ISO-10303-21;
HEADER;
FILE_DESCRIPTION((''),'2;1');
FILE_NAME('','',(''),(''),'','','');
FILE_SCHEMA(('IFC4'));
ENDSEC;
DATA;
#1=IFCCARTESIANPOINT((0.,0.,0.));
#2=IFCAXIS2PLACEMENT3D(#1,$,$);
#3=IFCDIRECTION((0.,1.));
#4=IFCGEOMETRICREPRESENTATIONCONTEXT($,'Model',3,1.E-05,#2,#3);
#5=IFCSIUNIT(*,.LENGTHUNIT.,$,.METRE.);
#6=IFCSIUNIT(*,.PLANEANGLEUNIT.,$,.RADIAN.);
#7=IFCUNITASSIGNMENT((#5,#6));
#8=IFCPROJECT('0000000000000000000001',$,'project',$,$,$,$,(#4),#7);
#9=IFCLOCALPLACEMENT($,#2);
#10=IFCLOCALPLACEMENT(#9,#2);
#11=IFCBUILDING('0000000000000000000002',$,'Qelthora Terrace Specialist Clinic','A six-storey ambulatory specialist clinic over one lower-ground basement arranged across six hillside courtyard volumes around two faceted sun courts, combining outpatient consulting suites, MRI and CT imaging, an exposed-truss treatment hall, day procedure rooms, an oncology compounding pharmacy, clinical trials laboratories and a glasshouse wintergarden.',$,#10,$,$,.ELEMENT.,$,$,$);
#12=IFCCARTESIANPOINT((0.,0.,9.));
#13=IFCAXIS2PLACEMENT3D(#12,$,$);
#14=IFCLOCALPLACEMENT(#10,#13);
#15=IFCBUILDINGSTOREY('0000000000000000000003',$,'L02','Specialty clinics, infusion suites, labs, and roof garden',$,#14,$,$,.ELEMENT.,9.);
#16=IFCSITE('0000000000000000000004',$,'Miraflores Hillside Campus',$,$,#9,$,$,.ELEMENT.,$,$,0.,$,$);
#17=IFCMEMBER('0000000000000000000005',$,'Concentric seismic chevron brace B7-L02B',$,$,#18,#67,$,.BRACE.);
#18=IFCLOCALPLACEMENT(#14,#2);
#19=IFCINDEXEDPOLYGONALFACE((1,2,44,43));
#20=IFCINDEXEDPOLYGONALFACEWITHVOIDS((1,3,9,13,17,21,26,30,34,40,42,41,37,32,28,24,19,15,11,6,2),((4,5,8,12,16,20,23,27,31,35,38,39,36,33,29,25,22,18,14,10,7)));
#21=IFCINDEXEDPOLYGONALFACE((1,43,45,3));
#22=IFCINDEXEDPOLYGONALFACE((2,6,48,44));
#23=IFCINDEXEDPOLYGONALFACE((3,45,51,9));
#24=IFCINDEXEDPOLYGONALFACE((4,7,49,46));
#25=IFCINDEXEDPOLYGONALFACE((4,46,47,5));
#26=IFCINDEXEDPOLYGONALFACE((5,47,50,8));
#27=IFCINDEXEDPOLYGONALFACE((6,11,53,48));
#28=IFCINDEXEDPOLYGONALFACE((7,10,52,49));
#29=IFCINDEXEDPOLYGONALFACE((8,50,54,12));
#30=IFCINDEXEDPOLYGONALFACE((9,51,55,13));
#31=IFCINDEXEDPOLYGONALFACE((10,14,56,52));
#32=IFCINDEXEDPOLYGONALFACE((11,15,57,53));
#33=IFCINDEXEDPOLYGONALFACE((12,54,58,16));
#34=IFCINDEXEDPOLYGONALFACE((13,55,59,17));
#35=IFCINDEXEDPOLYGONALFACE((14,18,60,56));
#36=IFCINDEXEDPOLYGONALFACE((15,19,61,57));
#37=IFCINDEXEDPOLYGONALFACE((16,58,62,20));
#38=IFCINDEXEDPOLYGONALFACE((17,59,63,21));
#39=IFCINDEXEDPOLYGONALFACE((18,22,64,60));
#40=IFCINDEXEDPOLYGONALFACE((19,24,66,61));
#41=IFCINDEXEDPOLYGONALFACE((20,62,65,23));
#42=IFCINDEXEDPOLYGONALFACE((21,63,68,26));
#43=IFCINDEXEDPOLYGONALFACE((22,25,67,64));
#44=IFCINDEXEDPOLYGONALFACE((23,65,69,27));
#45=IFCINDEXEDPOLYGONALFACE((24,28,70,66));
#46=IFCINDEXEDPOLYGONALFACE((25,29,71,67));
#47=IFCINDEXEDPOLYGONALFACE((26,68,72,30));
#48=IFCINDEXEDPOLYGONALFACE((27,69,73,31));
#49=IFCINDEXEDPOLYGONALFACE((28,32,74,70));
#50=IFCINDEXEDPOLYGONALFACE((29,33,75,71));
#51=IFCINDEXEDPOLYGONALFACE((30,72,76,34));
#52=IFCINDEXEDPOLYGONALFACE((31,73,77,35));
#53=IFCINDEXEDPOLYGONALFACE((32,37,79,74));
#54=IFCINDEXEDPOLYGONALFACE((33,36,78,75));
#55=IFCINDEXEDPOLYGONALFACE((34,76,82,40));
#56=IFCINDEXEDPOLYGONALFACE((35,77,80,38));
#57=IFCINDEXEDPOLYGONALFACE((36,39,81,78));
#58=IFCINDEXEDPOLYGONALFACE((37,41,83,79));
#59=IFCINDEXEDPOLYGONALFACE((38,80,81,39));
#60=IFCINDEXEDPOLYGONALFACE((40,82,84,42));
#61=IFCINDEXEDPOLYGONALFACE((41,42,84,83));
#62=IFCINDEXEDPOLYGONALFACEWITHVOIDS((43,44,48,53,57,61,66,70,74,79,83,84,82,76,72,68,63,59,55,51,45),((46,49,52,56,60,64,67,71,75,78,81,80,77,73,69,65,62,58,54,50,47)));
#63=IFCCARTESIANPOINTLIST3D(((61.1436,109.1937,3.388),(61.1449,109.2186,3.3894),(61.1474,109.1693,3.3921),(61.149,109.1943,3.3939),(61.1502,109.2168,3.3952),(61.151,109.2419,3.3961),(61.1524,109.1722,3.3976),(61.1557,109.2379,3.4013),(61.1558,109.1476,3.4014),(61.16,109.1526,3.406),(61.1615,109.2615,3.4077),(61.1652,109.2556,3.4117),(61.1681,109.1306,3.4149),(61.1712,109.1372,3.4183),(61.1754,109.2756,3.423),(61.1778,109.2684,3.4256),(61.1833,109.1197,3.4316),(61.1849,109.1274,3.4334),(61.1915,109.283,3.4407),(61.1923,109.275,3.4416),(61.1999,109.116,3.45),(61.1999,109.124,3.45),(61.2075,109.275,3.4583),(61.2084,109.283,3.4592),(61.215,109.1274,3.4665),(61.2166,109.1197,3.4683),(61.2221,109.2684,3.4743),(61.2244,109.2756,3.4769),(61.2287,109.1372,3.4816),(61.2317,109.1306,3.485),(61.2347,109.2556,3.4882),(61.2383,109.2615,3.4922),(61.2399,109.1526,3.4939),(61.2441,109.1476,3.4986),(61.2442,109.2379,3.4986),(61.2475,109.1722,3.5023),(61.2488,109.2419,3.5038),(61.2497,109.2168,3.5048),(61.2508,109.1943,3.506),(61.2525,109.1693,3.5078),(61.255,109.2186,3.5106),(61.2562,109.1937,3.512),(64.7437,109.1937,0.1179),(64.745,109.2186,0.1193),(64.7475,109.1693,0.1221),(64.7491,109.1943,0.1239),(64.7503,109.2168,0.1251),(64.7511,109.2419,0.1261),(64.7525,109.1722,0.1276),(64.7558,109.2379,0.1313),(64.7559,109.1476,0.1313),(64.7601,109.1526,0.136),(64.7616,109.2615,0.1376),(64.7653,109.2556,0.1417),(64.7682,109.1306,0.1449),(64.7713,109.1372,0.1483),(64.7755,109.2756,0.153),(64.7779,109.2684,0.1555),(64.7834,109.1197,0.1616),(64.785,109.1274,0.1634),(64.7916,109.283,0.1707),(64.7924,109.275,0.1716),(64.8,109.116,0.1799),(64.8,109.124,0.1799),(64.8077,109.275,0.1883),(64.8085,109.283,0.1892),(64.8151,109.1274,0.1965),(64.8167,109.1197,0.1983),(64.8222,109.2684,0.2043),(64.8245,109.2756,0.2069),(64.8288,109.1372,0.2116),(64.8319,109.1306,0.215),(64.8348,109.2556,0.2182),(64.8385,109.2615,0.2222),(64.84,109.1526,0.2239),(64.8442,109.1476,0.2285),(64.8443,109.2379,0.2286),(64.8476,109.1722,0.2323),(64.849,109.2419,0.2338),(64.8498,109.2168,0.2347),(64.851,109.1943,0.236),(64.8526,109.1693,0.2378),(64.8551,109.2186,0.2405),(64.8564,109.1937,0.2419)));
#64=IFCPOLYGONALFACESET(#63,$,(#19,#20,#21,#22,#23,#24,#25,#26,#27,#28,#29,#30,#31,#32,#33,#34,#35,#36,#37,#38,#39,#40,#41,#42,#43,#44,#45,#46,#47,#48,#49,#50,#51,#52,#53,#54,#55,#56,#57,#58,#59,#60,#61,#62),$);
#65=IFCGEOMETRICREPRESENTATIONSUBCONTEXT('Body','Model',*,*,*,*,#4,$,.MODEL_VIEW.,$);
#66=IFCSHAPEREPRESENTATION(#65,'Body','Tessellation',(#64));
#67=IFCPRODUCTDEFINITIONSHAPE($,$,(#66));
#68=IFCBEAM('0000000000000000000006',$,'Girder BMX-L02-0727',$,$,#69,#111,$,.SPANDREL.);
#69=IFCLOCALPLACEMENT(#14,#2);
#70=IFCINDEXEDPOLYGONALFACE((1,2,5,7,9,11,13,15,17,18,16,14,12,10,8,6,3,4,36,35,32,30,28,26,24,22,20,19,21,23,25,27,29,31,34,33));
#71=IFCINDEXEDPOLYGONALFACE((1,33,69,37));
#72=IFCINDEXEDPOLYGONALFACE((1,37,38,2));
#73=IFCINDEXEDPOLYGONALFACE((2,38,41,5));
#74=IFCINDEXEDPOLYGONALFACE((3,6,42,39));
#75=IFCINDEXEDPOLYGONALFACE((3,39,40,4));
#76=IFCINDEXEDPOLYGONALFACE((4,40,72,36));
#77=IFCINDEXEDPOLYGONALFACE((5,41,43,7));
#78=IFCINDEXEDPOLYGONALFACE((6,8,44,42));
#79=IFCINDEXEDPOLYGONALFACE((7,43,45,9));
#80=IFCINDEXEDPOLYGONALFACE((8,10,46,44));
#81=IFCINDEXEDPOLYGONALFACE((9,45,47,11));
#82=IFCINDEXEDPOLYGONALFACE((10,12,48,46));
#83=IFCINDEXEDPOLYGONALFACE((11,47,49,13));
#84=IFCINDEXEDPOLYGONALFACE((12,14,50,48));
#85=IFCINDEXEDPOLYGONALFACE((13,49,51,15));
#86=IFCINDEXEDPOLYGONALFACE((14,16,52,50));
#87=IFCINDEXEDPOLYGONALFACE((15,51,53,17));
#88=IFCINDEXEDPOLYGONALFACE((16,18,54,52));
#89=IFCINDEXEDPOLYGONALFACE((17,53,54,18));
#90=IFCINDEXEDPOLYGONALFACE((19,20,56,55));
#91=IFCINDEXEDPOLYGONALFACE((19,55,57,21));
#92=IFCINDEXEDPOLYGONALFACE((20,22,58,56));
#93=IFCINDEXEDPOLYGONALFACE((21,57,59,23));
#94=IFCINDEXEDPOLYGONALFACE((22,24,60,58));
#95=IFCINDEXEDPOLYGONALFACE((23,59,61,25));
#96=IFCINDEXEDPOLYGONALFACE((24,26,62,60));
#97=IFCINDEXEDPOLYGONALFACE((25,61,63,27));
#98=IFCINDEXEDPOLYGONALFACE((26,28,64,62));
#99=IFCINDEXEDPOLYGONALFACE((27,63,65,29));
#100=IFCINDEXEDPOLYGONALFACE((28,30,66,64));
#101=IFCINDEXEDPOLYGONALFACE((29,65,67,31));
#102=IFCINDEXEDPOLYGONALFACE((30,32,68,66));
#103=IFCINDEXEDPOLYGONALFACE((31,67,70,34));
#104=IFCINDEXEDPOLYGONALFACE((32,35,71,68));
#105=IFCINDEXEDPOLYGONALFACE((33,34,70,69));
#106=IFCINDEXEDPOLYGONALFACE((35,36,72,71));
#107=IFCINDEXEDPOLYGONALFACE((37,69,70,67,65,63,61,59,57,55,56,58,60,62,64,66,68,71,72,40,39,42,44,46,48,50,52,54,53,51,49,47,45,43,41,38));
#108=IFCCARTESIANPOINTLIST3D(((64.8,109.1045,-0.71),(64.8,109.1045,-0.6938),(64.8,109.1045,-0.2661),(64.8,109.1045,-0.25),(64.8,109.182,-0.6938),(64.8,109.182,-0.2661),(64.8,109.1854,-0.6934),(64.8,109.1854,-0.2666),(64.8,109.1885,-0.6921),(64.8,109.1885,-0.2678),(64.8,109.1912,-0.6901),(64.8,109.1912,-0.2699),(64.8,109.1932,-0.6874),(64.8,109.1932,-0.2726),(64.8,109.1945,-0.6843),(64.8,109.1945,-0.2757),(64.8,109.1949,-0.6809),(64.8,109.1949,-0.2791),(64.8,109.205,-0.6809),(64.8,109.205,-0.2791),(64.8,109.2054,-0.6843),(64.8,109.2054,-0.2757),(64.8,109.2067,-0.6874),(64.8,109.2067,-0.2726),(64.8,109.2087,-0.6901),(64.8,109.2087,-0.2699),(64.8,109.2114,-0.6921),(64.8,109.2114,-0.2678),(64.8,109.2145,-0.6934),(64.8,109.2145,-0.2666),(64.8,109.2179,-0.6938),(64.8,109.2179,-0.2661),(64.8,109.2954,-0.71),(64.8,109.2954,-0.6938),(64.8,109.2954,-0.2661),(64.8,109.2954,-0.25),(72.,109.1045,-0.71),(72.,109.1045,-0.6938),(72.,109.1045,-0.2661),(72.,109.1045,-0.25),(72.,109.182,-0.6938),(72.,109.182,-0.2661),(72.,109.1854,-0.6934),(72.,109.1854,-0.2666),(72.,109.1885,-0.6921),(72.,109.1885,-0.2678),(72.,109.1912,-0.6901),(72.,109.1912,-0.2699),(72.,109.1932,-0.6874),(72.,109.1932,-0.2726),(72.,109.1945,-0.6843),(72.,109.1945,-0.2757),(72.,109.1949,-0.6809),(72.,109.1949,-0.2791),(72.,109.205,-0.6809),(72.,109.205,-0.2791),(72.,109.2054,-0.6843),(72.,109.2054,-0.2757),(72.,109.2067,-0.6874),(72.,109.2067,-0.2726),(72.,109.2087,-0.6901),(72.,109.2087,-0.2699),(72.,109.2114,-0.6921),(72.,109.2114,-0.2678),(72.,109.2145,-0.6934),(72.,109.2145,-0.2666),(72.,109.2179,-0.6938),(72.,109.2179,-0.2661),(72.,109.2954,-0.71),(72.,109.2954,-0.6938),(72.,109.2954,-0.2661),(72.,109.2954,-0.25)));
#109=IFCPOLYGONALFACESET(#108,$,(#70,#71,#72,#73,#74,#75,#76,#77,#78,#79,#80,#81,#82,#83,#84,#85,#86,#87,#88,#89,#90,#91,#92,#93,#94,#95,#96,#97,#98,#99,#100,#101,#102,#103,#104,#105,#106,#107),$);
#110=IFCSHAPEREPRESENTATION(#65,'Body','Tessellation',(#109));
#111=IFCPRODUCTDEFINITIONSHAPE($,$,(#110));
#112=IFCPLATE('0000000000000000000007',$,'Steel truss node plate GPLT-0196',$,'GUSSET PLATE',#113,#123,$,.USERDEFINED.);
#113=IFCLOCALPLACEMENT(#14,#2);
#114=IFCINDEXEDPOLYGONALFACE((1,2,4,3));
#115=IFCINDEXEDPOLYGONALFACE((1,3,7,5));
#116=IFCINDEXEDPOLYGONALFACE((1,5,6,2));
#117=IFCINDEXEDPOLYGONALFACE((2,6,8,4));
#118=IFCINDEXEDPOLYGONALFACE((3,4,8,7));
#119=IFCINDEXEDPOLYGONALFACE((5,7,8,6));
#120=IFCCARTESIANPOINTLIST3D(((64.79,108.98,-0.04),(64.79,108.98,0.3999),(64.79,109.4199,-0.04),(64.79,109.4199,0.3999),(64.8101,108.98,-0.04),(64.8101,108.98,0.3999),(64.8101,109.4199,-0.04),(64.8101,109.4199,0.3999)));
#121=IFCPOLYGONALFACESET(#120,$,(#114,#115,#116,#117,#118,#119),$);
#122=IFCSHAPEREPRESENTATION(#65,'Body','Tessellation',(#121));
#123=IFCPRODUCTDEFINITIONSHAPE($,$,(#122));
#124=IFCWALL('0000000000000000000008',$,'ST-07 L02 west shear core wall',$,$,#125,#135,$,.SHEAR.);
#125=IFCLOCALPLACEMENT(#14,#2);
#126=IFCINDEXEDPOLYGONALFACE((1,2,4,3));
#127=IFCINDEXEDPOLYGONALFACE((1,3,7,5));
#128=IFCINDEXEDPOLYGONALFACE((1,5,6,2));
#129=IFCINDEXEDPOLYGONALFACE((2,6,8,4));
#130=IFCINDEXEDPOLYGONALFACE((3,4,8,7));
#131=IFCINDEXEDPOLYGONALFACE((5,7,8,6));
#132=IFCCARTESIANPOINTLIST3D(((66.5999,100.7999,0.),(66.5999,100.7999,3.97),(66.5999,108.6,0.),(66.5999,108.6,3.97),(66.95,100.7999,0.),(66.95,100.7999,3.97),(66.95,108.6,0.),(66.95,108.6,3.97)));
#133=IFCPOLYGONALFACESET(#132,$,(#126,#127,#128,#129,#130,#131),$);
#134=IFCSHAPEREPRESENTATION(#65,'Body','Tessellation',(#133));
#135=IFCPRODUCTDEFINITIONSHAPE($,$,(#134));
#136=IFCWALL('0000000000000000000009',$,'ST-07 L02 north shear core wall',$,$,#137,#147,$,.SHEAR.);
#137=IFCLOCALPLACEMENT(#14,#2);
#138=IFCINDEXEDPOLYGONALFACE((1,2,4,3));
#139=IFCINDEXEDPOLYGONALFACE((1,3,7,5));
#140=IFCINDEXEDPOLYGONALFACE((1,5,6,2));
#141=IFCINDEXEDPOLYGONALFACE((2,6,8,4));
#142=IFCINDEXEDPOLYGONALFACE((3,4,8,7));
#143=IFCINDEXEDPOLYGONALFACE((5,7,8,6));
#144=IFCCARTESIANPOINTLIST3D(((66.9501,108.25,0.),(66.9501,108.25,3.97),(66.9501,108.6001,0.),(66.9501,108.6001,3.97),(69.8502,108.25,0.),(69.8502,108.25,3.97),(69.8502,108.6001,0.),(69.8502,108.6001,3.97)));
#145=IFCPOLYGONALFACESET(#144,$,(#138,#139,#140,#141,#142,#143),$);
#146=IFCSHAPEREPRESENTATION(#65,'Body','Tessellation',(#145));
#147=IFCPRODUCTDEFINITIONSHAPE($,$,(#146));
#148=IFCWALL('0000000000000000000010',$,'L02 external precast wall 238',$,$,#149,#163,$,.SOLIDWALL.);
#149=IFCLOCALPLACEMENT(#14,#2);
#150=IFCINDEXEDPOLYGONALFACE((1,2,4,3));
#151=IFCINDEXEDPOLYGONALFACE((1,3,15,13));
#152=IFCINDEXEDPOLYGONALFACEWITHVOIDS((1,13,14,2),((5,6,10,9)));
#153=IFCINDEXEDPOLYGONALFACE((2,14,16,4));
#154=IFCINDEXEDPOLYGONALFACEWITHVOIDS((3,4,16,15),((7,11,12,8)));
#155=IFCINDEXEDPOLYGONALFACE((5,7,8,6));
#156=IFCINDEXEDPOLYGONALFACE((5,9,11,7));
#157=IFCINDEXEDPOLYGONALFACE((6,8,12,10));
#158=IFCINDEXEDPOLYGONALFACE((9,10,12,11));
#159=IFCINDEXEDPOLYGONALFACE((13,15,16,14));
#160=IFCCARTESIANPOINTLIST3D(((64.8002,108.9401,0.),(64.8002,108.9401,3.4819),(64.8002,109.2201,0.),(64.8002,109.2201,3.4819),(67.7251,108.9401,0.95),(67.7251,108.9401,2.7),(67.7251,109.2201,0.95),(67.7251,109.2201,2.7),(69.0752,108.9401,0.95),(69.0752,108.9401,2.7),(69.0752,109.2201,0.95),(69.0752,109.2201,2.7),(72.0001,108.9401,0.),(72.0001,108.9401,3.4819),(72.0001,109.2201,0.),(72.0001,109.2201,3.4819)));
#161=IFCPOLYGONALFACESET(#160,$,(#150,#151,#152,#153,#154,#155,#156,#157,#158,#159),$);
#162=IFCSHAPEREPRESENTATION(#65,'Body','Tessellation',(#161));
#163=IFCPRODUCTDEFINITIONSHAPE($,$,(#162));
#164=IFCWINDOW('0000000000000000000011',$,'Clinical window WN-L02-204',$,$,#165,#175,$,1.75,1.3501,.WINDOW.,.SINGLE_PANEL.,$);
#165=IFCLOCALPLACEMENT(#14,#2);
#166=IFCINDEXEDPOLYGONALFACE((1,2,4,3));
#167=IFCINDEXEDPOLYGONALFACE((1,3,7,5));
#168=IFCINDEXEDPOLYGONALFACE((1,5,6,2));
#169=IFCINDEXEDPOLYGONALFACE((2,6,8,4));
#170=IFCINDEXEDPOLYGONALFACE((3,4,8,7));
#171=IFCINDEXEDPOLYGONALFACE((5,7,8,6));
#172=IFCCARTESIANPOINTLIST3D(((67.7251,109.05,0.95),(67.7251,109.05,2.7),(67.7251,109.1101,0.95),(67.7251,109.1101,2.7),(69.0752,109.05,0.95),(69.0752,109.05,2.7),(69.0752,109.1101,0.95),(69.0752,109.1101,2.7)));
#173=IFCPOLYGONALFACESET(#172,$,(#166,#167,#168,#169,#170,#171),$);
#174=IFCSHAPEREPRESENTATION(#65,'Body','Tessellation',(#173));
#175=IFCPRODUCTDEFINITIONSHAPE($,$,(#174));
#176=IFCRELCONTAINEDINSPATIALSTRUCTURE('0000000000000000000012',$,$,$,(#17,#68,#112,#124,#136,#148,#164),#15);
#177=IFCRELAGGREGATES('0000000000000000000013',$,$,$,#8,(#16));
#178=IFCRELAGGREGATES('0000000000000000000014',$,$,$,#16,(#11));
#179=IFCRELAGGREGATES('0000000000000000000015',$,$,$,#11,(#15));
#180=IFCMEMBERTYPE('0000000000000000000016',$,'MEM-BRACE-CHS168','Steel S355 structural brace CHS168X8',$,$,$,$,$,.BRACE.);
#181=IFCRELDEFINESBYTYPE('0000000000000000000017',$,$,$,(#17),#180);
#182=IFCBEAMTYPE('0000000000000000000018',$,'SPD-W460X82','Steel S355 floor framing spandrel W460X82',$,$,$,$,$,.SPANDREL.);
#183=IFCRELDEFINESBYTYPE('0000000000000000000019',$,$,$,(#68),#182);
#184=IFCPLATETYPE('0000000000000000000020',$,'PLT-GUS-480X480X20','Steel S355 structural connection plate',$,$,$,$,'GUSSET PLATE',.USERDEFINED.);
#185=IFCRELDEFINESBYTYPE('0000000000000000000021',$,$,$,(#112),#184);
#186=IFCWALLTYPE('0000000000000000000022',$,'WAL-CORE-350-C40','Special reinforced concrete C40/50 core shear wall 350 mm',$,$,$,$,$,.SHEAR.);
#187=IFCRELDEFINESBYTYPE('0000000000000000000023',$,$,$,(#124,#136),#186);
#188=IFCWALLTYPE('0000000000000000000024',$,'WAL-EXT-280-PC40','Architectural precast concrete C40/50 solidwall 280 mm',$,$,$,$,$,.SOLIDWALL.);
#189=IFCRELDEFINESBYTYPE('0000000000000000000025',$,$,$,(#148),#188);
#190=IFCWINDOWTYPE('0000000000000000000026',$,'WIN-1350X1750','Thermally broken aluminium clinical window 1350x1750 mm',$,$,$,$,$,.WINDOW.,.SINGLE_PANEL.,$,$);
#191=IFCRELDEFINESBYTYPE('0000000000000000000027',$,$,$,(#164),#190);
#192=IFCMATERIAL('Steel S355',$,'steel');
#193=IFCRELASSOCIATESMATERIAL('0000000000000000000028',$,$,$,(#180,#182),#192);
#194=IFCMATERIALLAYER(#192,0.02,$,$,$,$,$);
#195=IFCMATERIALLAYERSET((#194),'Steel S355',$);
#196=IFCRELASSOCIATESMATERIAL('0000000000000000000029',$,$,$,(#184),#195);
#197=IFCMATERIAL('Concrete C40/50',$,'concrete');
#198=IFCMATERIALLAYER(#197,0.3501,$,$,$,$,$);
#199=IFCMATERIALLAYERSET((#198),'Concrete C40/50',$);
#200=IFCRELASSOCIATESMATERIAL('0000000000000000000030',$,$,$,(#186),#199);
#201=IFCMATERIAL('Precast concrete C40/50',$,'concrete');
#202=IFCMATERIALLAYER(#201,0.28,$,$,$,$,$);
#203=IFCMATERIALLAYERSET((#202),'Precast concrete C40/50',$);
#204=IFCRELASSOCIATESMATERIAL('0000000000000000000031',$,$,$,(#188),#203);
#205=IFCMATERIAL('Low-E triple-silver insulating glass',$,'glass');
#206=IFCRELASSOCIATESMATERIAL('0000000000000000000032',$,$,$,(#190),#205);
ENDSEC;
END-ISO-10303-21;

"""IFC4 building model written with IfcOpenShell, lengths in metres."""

from ifc_helpers import new_model, si_unit, direction, frame, frame_2d, origin, origin_2d, place, context, subcontext, project, spatial, rectangle, hollow_circle, i_section, extrude, material, layer, layer_set, material_profile, profile_set, type_object, element, fill, save


model = new_model("IFC4")

# Units and contexts
model_context = context("Model", 3, precision=1e-05, world=origin(), true_north=direction((0.0, 1.0)))
body_context = subcontext(model_context, "Body", "Model", "MODEL_VIEW")
ifc_project = project(units=[si_unit("LENGTHUNIT", "METRE"), si_unit("PLANEANGLEUNIT", "RADIAN")], contexts=[model_context])

# Site, building, storey
site_placement = place(None, origin())
site = spatial("IfcSite", under=ifc_project, at=site_placement, Name="Miraflores Hillside Campus", CompositionType="ELEMENT", RefElevation=0.0)
building_placement = place(site_placement, origin())
building = spatial("IfcBuilding", under=site, at=building_placement, Name="Qelthora Terrace Specialist Clinic", Description="A six-storey ambulatory specialist clinic over one lower-ground basement arranged across six hillside courtyard volumes around two faceted sun courts, combining outpatient consulting suites, MRI and CT imaging, an exposed-truss treatment hall, day procedure rooms, an oncology compounding pharmacy, clinical trials laboratories and a glasshouse wintergarden.", CompositionType="ELEMENT")
storey_placement = place(building_placement, frame((0.0, 0.0, 9.0)))
storey = spatial("IfcBuildingStorey", under=building, at=storey_placement, Name="L02", Description="Specialty clinics, infusion suites, labs, and roof garden", CompositionType="ELEMENT", Elevation=9.0)

# Shared definitions
ifc_material_1 = material(Name="Steel S355", Category="steel")

# Member
ifc_material_profile_1 = material_profile(ifc_material_1, hollow_circle(Radius=0.084, WallThickness=0.0081, at=origin_2d()), Name="CHS168X8")
ifc_profile_set_1 = profile_set([ifc_material_profile_1], Name="Steel S355")
member_type = type_object("IfcMemberType", Name="MEM-BRACE-CHS168", Description="Steel S355 structural brace CHS168X8", PredefinedType="BRACE", material=ifc_profile_set_1)
member_placement = place(storey_placement, frame((64.8, 109.2, 0.1799), z_axis=(-0.740226, 0.0, 0.672358), x_axis=(0.0, -1.0, 0.0)))
element("IfcMember", 1, at=member_placement, inside=storey, type_object=member_type, Name="Concentric seismic chevron brace B7-L02B", PredefinedType="BRACE", context=body_context, shape_type="SweptSolid", body=[
    extrude(hollow_circle(Radius=0.084, WallThickness=0.0081, at=origin_2d()), origin(), (0.0, 0.0, 1.0), 4.8635),
])

# Beam
ifc_material_profile_2 = material_profile(ifc_material_1, i_section(OverallWidth=0.1909, OverallDepth=0.46, WebThickness=0.01, FlangeThickness=0.0161, FilletRadius=0.0129, at=origin_2d()), Name="W460X82")
ifc_profile_set_2 = profile_set([ifc_material_profile_2], Name="Steel S355")
beam_type_1 = type_object("IfcBeamType", Name="SPD-W460X82", Description="Steel S355 floor framing spandrel W460X82", PredefinedType="SPANDREL", material=ifc_profile_set_2)
beam_1_placement = place(storey_placement, frame((64.8, 109.2, -0.48), z_axis=(1.0, 0.0, 0.0), x_axis=(0.0, 1.0, 0.0)))
element("IfcBeam", 2, at=beam_1_placement, inside=storey, type_object=beam_type_1, Name="Girder BMX-L02-0727", PredefinedType="SPANDREL", context=body_context, shape_type="SweptSolid", body=[
    extrude(i_section(OverallWidth=0.1909, OverallDepth=0.46, WebThickness=0.01, FlangeThickness=0.0161, FilletRadius=0.0129, at=origin_2d()), origin(), (0.0, 0.0, 1.0), 7.2),
])

# Plate
ifc_layer_1 = layer(ifc_material_1, 0.02)
ifc_layer_set_1 = layer_set([ifc_layer_1], Name="Steel S355")
plate_type = type_object("IfcPlateType", Name="PLT-GUS-480X480X20", Description="Steel S355 structural connection plate", ElementType="GUSSET PLATE", PredefinedType="USERDEFINED", material=ifc_layer_set_1)
plate_placement = place(storey_placement, frame((64.8, 109.2, -0.04), z_axis=(0.0, 0.0, 1.0), x_axis=(1.0, 0.0, 0.0)))
element("IfcPlate", 3, at=plate_placement, inside=storey, type_object=plate_type, Name="Steel truss node plate GPLT-0196", ObjectType="GUSSET PLATE", PredefinedType="USERDEFINED", context=body_context, shape_type="SweptSolid", body=[
    extrude(rectangle(XDim=0.02, YDim=0.4399, at=origin_2d()), origin(), (0.0, 0.0, 1.0), 0.4399),
])

# Walls
ifc_material_2 = material(Name="Concrete C40/50", Category="concrete")
ifc_layer_2 = layer(ifc_material_2, 0.3501)
ifc_layer_set_2 = layer_set([ifc_layer_2], Name="Concrete C40/50")
wall_type_1 = type_object("IfcWallType", Name="WAL-CORE-350-C40", Description="Special reinforced concrete C40/50 core shear wall 350 mm", PredefinedType="SHEAR", material=ifc_layer_set_2)
wall_1_placement = place(storey_placement, frame((66.7749, 100.8, 0.0), z_axis=(0.0, 0.0, 1.0), x_axis=(0.0, 1.0, 0.0)))
element("IfcWall", 4, at=wall_1_placement, inside=storey, type_object=wall_type_1, Name="ST-07 L02 west shear core wall", PredefinedType="SHEAR", context=body_context, shape_type="SweptSolid", body=[
    extrude(rectangle(XDim=7.8, YDim=0.3501, at=frame_2d((3.8999, 0.0))), origin(), (0.0, 0.0, 1.0), 3.97),
])
wall_2_placement = place(storey_placement, frame((66.95, 108.425, 0.0), z_axis=(0.0, 0.0, 1.0), x_axis=(1.0, 0.0, 0.0)))
element("IfcWall", 5, at=wall_2_placement, inside=storey, type_object=wall_type_1, Name="ST-07 L02 north shear core wall", PredefinedType="SHEAR", context=body_context, shape_type="SweptSolid", body=[
    extrude(rectangle(XDim=2.9001, YDim=0.3501, at=frame_2d((1.4502, 0.0))), origin(), (0.0, 0.0, 1.0), 3.97),
])

# Wall, opening, window
ifc_material_3 = material(Name="Precast concrete C40/50", Category="concrete")
ifc_layer_3 = layer(ifc_material_3, 0.28)
ifc_layer_set_3 = layer_set([ifc_layer_3], Name="Precast concrete C40/50")
wall_type_2 = type_object("IfcWallType", Name="WAL-EXT-280-PC40", Description="Architectural precast concrete C40/50 solidwall 280 mm", PredefinedType="SOLIDWALL", material=ifc_layer_set_3)
wall_3_placement = place(storey_placement, frame((64.8, 109.0801, 0.0), z_axis=(0.0, 0.0, 1.0), x_axis=(1.0, 0.0, 0.0)))
wall_3 = element("IfcWall", 6, at=wall_3_placement, inside=storey, type_object=wall_type_2, Name="L02 external precast wall 238", PredefinedType="SOLIDWALL", context=body_context, shape_type="SweptSolid", body=[
    extrude(rectangle(XDim=7.2, YDim=0.28, at=frame_2d((3.6001, 0.0))), origin(), (0.0, 0.0, 1.0), 3.4819),
])
opening_1_placement = place(wall_3_placement, frame((2.925, 0.0, 0.95)))
opening_1 = element("IfcOpeningElement", 7, at=opening_1_placement, cuts=wall_3, PredefinedType="OPENING", context=body_context, shape_type="SweptSolid", body=[
    extrude(rectangle(XDim=1.3501, YDim=1.75, at=frame_2d((0.675, 0.875))), frame((0.0, 0.1499, 0.0), z_axis=(0.0, -1.0, 0.0), x_axis=(1.0, 0.0, 0.0)), (0.0, 0.0, 1.0), 0.3),
])
ifc_material_4 = material(Name="Low-E triple-silver insulating glass", Category="glass")
window_type = type_object("IfcWindowType", Name="WIN-1350X1750", Description="Thermally broken aluminium clinical window 1350x1750 mm", PartitioningType="SINGLE_PANEL", PredefinedType="WINDOW", material=ifc_material_4)
window_placement = place(opening_1_placement, origin())
window = element("IfcWindow", 8, at=window_placement, inside=storey, type_object=window_type, Name="Clinical window WN-L02-204", OverallHeight=1.75, OverallWidth=1.3501, PartitioningType="SINGLE_PANEL", PredefinedType="WINDOW", context=body_context, shape_type="SweptSolid", body=[
    extrude(rectangle(XDim=1.3501, YDim=1.75, at=frame_2d((0.675, 0.875))), frame((0.0, 0.03, 0.0), z_axis=(0.0, -1.0, 0.0), x_axis=(1.0, 0.0, 0.0)), (0.0, 0.0, 1.0), 0.0601),
])
fill(opening_1, window)

save(model, "model.ifc")
